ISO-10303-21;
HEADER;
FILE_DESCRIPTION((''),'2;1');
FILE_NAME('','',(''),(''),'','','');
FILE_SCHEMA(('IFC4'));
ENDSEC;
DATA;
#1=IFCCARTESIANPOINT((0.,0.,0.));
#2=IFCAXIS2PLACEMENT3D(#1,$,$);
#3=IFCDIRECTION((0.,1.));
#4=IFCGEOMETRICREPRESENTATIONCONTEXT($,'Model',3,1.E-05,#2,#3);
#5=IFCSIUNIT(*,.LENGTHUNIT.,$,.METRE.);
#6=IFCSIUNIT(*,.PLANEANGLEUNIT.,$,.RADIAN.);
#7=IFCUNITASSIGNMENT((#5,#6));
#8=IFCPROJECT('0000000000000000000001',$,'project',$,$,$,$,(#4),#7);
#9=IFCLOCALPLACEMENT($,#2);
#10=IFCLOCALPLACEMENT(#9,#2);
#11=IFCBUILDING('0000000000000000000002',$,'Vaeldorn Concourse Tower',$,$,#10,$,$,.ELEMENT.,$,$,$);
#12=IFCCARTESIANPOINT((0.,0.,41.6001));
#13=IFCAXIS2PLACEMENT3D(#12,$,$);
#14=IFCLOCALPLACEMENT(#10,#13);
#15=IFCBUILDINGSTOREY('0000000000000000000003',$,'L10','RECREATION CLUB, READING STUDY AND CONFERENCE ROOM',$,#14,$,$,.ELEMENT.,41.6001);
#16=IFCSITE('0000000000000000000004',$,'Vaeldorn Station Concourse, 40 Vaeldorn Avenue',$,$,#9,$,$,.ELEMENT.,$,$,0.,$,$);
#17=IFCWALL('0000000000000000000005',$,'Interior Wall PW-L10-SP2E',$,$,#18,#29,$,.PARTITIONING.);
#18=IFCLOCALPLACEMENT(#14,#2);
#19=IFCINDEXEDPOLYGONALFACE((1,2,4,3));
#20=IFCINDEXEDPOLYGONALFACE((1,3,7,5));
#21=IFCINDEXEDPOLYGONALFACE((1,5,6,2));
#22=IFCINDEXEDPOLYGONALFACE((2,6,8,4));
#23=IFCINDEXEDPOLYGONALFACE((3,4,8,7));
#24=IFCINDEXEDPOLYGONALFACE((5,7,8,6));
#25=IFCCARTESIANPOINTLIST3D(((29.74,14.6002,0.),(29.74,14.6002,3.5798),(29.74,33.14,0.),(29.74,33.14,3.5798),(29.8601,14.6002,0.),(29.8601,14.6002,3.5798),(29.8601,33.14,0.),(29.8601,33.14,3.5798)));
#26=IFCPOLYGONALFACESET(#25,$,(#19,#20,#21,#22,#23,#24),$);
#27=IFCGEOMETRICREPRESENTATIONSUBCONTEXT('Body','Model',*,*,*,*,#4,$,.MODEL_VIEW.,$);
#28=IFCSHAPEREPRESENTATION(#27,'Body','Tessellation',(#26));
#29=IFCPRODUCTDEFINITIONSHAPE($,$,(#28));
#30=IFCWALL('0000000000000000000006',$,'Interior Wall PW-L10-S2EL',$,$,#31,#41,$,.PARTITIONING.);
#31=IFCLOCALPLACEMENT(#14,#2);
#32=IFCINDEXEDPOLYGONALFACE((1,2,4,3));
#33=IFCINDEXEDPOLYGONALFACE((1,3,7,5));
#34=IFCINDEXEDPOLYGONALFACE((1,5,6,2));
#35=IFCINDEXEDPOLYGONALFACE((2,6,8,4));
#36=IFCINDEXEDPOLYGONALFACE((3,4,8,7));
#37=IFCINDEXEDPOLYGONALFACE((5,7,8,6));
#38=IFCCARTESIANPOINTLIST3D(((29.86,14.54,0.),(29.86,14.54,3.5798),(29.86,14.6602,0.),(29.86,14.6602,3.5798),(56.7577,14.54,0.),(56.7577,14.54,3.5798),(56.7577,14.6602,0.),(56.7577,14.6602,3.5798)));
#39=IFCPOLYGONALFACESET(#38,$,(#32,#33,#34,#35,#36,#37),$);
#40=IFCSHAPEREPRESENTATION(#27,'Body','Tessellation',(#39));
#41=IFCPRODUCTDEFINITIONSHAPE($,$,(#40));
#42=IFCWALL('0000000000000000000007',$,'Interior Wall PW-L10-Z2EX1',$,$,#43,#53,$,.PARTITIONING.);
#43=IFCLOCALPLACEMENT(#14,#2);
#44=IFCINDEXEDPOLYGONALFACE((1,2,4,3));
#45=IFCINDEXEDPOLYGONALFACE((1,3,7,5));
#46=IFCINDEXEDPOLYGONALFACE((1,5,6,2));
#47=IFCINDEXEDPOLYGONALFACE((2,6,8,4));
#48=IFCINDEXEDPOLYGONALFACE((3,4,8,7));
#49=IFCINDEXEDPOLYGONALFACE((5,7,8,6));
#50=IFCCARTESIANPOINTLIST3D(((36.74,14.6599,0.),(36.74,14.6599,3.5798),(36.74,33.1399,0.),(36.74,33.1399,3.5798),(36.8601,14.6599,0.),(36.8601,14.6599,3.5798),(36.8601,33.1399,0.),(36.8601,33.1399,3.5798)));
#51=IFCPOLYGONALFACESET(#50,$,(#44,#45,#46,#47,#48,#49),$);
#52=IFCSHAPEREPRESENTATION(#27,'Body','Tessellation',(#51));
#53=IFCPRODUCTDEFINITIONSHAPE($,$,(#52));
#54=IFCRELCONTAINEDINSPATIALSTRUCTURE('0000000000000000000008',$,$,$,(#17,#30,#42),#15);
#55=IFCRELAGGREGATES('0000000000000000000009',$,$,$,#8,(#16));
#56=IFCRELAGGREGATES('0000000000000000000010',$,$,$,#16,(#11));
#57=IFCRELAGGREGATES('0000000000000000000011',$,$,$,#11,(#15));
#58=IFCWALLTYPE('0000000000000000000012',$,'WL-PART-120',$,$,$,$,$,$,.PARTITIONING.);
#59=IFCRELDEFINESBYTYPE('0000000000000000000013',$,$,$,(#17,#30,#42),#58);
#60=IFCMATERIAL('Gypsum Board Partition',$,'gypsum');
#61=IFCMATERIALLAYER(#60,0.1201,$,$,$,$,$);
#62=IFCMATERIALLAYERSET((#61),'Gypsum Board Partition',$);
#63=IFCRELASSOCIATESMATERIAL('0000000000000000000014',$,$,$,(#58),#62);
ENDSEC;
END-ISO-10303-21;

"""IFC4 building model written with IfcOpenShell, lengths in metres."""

from ifc_helpers import new_model, si_unit, direction, frame, frame_2d, origin, place, context, subcontext, project, spatial, rectangle, extrude, material, layer, layer_set, type_object, element, save


model = new_model("IFC4")

# Units and contexts
model_context = context("Model", 3, precision=1e-05, world=origin(), true_north=direction((0.0, 1.0)))
body_context = subcontext(model_context, "Body", "Model", "MODEL_VIEW")
ifc_project = project(units=[si_unit("LENGTHUNIT", "METRE"), si_unit("PLANEANGLEUNIT", "RADIAN")], contexts=[model_context])

# Site, building, storey
site_placement = place(None, origin())
site = spatial("IfcSite", under=ifc_project, at=site_placement, Name="Vaeldorn Station Concourse, 40 Vaeldorn Avenue", CompositionType="ELEMENT", RefElevation=0.0)
building_placement = place(site_placement, origin())
building = spatial("IfcBuilding", under=site, at=building_placement, Name="Vaeldorn Concourse Tower", CompositionType="ELEMENT")
storey_placement = place(building_placement, frame((0.0, 0.0, 41.6001)))
storey = spatial("IfcBuildingStorey", under=building, at=storey_placement, Name="L10", Description="RECREATION CLUB, READING STUDY AND CONFERENCE ROOM", CompositionType="ELEMENT", Elevation=41.6001)

# Shared definitions
ifc_material_1 = material(Name="Gypsum Board Partition", Category="gypsum")
ifc_layer_1 = layer(ifc_material_1, 0.1201)
ifc_layer_set_1 = layer_set([ifc_layer_1], Name="Gypsum Board Partition")
wall_type_1 = type_object("IfcWallType", Name="WL-PART-120", PredefinedType="PARTITIONING", material=ifc_layer_set_1)

# Walls
wall_1_placement = place(storey_placement, frame((29.8, 14.6001, 0.0), z_axis=(0.0, 0.0, 1.0), x_axis=(0.0, 1.0, 0.0)))
element("IfcWall", 1, at=wall_1_placement, inside=storey, type_object=wall_type_1, Name="Interior Wall PW-L10-SP2E", PredefinedType="PARTITIONING", context=body_context, shape_type="SweptSolid", body=[
    extrude(rectangle(XDim=18.5398, YDim=0.1201, at=frame_2d((9.27, 0.0))), origin(), (0.0, 0.0, 1.0), 3.5798),
])
wall_2_placement = place(storey_placement, frame((29.8601, 14.6001, 0.0), z_axis=(0.0, 0.0, 1.0), x_axis=(1.0, 0.0, 0.0)))
element("IfcWall", 2, at=wall_2_placement, inside=storey, type_object=wall_type_1, Name="Interior Wall PW-L10-S2EL", PredefinedType="PARTITIONING", context=body_context, shape_type="SweptSolid", body=[
    extrude(rectangle(XDim=26.8977, YDim=0.1201, at=frame_2d((13.4487, 0.0))), origin(), (0.0, 0.0, 1.0), 3.5798),
])
wall_3_placement = place(storey_placement, frame((36.8, 14.6599, 0.0), z_axis=(0.0, 0.0, 1.0), x_axis=(0.0, 1.0, 0.0)))
element("IfcWall", 3, at=wall_3_placement, inside=storey, type_object=wall_type_1, Name="Interior Wall PW-L10-Z2EX1", PredefinedType="PARTITIONING", context=body_context, shape_type="SweptSolid", body=[
    extrude(rectangle(XDim=18.48, YDim=0.1201, at=frame_2d((9.24, 0.0))), origin(), (0.0, 0.0, 1.0), 3.5798),
])

save(model, "model.ifc")
